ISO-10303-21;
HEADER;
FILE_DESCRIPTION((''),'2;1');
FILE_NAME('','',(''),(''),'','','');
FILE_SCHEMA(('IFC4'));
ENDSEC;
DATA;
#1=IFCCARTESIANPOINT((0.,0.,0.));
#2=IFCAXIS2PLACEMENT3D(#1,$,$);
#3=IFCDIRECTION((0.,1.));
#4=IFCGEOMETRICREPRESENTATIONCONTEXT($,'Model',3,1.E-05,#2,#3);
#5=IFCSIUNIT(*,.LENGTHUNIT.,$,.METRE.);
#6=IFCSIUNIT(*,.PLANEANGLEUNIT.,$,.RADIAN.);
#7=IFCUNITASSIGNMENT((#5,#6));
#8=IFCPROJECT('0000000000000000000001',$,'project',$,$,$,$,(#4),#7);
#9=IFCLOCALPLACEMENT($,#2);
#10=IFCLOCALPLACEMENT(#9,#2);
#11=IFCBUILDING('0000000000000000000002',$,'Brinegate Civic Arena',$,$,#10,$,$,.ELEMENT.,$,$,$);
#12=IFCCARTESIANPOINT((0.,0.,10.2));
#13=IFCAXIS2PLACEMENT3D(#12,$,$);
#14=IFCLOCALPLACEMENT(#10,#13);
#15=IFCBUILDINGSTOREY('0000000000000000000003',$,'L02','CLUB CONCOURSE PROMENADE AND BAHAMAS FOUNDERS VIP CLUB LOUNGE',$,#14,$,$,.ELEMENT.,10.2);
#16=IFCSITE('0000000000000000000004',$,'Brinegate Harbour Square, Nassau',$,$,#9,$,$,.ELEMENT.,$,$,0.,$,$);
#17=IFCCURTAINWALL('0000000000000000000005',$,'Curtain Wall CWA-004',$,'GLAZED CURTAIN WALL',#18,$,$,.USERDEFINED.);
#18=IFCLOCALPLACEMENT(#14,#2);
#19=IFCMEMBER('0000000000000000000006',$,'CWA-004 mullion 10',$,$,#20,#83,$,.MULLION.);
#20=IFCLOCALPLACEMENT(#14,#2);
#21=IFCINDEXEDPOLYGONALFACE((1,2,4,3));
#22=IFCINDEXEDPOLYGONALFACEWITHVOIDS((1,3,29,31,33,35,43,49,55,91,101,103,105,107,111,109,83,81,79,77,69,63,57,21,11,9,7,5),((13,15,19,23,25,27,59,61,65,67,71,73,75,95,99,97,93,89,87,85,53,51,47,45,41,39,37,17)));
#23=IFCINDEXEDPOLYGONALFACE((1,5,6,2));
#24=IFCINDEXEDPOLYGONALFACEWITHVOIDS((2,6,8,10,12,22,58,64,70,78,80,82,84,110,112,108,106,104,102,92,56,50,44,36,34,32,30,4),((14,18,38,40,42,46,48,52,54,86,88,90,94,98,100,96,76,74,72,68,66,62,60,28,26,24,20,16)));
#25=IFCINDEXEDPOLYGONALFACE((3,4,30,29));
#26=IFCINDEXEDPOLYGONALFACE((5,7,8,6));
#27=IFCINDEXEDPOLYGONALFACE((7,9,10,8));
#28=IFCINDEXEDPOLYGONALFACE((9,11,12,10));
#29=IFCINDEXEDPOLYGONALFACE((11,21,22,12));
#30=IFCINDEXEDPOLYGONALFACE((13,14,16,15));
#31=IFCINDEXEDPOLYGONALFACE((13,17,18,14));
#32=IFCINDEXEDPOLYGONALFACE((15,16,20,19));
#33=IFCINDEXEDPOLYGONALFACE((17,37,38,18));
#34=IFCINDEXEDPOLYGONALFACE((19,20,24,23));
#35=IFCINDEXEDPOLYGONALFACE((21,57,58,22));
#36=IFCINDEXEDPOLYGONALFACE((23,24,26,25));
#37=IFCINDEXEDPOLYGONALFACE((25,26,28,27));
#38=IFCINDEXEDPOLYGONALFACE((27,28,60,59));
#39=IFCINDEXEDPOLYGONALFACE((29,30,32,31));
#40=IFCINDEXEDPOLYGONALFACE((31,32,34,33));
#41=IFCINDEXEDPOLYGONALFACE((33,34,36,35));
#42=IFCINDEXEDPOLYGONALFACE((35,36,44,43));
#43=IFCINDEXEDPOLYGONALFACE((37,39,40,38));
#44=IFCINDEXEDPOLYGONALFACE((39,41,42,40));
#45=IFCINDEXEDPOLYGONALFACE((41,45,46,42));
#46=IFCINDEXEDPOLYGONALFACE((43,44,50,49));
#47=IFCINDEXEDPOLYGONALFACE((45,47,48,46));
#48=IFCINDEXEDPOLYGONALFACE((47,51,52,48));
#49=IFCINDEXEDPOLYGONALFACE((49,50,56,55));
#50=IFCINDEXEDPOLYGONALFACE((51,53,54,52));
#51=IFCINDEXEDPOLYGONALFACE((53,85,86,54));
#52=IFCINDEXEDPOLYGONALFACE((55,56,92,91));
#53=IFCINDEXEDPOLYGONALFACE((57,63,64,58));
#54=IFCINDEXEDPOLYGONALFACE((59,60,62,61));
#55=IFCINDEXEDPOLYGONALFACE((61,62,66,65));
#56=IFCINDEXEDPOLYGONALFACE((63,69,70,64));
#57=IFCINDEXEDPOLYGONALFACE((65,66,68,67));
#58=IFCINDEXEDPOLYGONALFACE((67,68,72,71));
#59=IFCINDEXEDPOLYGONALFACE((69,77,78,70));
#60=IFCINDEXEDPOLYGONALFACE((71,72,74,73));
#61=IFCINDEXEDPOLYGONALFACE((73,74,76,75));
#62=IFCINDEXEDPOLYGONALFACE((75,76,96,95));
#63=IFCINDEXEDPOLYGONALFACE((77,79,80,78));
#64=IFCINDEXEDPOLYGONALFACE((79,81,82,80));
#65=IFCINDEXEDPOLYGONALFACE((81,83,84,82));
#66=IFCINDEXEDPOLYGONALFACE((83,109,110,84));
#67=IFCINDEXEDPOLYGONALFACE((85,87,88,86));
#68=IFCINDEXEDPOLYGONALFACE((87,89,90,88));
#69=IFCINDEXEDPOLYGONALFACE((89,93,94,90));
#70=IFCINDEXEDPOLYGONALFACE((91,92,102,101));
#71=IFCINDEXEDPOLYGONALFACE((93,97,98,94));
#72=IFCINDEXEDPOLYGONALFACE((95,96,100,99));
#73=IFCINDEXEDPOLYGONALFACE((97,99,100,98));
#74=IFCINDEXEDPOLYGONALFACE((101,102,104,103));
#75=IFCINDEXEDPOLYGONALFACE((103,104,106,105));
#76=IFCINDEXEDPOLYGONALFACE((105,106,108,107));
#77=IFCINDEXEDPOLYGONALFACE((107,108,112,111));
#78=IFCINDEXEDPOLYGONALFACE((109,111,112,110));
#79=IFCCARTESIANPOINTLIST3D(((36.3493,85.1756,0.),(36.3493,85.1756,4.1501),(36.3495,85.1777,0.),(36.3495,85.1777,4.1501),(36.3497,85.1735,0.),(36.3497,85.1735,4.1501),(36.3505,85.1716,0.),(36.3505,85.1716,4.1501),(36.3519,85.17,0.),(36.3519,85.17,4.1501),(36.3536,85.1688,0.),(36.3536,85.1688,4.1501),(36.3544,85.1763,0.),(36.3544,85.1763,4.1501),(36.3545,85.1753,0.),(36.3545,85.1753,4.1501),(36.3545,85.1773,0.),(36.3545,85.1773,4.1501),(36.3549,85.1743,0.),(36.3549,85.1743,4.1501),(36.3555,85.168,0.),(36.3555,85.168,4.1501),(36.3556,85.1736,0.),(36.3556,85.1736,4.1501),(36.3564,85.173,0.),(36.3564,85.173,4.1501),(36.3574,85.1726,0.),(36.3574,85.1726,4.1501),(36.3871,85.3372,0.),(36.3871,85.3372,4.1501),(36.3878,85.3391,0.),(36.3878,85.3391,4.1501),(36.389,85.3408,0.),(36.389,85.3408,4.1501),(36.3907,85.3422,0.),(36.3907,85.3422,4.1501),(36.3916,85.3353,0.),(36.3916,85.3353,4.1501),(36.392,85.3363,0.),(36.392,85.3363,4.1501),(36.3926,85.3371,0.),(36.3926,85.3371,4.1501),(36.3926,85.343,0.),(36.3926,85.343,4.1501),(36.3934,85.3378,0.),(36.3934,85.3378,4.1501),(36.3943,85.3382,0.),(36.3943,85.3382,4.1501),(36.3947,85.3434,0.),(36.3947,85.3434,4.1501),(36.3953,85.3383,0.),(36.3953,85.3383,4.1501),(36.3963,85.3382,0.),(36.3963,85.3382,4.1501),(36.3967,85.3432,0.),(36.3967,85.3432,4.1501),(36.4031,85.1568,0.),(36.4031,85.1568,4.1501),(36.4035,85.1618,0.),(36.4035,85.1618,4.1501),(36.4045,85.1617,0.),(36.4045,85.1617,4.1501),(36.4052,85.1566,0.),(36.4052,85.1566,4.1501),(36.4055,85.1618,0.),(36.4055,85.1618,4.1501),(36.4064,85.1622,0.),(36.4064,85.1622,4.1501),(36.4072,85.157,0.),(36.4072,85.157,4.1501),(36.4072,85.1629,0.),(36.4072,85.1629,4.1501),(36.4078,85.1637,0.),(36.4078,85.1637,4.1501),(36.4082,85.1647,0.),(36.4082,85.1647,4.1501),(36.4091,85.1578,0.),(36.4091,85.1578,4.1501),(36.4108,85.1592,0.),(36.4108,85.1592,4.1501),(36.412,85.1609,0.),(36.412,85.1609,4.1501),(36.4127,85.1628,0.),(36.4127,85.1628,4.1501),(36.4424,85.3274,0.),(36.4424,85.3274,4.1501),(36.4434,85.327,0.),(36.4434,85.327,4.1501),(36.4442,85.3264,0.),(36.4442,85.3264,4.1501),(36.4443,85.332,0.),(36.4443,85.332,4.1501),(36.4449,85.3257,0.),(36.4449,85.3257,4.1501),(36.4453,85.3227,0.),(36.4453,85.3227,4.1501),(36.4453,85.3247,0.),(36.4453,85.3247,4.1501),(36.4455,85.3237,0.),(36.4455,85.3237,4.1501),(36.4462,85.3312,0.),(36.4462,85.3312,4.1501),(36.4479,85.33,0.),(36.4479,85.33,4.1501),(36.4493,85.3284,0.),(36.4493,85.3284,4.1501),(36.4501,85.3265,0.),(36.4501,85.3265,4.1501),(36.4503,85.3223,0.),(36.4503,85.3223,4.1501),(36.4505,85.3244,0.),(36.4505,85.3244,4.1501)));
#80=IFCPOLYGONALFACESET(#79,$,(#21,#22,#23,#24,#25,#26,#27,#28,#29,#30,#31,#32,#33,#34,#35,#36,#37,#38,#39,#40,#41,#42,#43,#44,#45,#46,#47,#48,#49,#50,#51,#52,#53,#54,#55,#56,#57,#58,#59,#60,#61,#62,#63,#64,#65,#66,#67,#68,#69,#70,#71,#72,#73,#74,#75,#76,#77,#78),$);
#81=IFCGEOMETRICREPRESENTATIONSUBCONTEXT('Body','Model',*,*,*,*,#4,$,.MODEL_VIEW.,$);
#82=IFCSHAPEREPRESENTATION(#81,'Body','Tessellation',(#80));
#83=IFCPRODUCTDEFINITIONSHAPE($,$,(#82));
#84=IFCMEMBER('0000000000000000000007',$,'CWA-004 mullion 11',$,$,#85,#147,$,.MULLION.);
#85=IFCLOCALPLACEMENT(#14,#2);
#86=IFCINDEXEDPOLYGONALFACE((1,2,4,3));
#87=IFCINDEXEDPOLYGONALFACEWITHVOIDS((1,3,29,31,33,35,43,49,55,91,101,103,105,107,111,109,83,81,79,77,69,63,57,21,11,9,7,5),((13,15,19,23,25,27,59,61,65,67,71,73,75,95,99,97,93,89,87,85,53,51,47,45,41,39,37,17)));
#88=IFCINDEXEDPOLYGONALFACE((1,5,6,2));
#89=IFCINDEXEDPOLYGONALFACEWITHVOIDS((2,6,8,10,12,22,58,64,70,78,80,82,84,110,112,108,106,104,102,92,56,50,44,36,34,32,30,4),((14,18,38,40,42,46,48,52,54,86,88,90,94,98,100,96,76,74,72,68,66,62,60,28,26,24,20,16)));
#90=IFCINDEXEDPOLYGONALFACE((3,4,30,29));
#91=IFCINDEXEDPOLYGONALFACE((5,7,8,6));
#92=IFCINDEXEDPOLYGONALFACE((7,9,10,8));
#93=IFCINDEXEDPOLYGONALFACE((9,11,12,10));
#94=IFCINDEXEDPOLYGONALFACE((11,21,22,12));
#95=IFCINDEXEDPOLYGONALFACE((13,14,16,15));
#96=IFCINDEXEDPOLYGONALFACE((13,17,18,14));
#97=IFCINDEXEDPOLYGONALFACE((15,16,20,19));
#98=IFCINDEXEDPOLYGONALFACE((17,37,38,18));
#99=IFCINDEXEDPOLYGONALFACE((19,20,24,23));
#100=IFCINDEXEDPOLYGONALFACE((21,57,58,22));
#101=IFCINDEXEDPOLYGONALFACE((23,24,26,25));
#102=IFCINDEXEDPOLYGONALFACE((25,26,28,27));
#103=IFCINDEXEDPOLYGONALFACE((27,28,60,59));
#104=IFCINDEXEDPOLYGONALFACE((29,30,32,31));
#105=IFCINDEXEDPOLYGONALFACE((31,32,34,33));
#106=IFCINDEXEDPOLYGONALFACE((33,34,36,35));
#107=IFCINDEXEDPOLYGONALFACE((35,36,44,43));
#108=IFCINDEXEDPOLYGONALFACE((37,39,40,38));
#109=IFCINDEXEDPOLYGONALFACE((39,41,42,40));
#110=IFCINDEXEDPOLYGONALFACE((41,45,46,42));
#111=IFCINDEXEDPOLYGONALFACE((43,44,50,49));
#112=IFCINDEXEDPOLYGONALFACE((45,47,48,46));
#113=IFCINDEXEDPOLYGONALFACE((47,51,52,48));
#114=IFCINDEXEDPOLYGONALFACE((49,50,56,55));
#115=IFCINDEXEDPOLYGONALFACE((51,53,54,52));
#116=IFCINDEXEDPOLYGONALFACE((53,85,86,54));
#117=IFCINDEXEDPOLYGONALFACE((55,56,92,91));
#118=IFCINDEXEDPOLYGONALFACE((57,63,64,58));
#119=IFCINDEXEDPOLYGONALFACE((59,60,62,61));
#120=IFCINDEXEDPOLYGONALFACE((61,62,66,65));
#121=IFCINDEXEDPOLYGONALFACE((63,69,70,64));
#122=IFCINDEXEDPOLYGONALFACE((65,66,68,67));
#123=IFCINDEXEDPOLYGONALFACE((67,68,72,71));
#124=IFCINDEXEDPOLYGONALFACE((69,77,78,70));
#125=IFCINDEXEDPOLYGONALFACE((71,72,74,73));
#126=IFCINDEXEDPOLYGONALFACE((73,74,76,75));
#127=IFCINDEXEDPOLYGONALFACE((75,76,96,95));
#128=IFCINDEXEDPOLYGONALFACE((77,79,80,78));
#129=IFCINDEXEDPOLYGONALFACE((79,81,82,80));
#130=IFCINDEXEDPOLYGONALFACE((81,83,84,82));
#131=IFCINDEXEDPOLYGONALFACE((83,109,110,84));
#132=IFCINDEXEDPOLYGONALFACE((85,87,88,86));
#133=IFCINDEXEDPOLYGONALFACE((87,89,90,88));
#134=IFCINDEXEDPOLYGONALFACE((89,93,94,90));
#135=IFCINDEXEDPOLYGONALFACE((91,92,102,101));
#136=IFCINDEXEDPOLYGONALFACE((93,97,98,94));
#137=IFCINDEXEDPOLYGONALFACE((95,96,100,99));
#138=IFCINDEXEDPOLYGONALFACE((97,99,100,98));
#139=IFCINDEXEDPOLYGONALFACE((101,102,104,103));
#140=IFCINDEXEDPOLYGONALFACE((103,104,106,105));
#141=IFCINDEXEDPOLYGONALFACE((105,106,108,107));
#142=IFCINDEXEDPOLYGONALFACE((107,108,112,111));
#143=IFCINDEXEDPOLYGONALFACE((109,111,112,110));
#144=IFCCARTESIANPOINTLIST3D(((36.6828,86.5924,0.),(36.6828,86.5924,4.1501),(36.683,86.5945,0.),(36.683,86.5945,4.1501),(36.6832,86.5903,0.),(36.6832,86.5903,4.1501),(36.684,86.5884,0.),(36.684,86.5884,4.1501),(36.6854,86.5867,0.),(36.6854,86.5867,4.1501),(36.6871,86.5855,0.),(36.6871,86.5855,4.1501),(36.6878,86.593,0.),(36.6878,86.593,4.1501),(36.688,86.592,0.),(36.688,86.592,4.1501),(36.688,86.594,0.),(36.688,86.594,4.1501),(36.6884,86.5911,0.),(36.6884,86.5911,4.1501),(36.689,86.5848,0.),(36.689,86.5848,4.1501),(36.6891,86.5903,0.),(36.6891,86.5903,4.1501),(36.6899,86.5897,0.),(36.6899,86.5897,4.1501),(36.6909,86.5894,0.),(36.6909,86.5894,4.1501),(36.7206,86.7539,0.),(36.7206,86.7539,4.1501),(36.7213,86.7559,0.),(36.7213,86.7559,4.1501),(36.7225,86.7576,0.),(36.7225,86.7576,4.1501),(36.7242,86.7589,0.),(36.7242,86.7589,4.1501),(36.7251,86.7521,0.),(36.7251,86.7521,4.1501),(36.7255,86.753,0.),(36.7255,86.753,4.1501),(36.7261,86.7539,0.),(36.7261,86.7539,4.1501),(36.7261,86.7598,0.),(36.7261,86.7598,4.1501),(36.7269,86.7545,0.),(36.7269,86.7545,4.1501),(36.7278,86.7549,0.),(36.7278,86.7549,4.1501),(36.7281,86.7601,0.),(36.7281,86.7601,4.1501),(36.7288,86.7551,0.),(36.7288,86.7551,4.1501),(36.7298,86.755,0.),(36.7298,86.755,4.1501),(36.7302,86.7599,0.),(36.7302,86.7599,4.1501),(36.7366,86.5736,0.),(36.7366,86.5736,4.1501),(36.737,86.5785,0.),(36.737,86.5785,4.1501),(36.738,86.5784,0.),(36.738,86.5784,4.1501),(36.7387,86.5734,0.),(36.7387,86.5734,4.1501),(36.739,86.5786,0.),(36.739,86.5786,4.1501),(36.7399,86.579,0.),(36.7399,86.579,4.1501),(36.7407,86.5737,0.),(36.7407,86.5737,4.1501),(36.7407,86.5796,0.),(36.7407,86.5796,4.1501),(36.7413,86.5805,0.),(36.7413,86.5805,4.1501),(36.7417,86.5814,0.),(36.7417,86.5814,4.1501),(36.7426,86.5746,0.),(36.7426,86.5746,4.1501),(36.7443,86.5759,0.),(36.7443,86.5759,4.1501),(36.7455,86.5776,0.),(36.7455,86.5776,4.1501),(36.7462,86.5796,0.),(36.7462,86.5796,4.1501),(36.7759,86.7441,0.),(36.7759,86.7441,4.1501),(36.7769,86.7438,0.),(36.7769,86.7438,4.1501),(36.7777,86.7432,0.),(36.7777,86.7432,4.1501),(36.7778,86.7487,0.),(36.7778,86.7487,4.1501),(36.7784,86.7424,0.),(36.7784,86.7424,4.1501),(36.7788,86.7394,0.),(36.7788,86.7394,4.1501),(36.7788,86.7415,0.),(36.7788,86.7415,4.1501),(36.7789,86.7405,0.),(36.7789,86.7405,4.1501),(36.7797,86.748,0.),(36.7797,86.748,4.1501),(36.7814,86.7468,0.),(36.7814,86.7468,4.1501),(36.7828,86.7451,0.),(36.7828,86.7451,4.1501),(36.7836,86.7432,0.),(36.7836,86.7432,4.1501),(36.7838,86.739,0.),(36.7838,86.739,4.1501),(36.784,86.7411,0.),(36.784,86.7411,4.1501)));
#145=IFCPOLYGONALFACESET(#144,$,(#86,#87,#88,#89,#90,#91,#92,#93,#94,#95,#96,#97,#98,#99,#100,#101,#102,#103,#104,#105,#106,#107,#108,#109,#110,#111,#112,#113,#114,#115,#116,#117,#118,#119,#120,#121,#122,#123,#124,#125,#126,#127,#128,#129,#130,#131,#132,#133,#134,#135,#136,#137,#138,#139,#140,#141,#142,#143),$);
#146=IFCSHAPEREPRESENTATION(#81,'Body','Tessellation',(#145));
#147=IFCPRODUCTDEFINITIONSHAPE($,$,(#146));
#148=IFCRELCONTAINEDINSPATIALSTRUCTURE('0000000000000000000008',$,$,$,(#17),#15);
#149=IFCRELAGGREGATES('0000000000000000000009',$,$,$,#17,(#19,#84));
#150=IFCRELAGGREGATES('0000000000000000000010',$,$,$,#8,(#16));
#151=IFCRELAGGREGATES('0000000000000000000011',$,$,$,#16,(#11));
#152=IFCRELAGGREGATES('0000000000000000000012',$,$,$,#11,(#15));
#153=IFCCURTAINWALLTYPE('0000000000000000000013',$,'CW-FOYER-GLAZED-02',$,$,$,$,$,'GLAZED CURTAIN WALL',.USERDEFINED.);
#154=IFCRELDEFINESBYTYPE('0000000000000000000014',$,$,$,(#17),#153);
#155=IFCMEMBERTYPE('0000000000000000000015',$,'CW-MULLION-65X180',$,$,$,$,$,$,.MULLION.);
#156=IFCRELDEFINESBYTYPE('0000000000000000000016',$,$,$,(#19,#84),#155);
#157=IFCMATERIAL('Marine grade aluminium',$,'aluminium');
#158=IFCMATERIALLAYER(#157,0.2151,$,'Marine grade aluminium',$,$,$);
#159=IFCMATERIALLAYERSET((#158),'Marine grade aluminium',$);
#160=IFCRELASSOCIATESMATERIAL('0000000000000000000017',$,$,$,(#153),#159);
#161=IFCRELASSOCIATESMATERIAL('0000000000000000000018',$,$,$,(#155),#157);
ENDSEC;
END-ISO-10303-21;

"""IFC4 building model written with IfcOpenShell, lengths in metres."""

from ifc_helpers import new_model, si_unit, direction, frame, origin, origin_2d, place, context, subcontext, project, spatial, hollow_rectangle, extrude, material, layer, layer_set, material_profile, profile_set, type_object, element, aggregate, save


model = new_model("IFC4")

# Units and contexts
model_context = context("Model", 3, precision=1e-05, world=origin(), true_north=direction((0.0, 1.0)))
body_context = subcontext(model_context, "Body", "Model", "MODEL_VIEW")
ifc_project = project(units=[si_unit("LENGTHUNIT", "METRE"), si_unit("PLANEANGLEUNIT", "RADIAN")], contexts=[model_context])

# Site, building, storey
site_placement = place(None, origin())
site = spatial("IfcSite", under=ifc_project, at=site_placement, Name="Brinegate Harbour Square, Nassau", CompositionType="ELEMENT", RefElevation=0.0)
building_placement = place(site_placement, origin())
building = spatial("IfcBuilding", under=site, at=building_placement, Name="Brinegate Civic Arena", CompositionType="ELEMENT")
storey_placement = place(building_placement, frame((0.0, 0.0, 10.2)))
storey = spatial("IfcBuildingStorey", under=building, at=storey_placement, Name="L02", Description="CLUB CONCOURSE PROMENADE AND BAHAMAS FOUNDERS VIP CLUB LOUNGE", CompositionType="ELEMENT", Elevation=10.2)

# Curtain wall, members
ifc_material_1 = material(Name="Marine grade aluminium", Category="aluminium")
ifc_layer_1 = layer(ifc_material_1, 0.2151, Name="Marine grade aluminium")
ifc_layer_set_1 = layer_set([ifc_layer_1], Name="Marine grade aluminium")
curtain_wall_type_1 = type_object("IfcCurtainWallType", Name="CW-FOYER-GLAZED-02", ElementType="GLAZED CURTAIN WALL", PredefinedType="USERDEFINED", material=ifc_layer_set_1)
curtain_wall_1_placement = place(storey_placement, origin())
curtain_wall_1 = element("IfcCurtainWall", 1, at=curtain_wall_1_placement, inside=storey, type_object=curtain_wall_type_1, Name="Curtain Wall CWA-004", ObjectType="GLAZED CURTAIN WALL", PredefinedType="USERDEFINED")
ifc_material_profile_1 = material_profile(ifc_material_1, hollow_rectangle(XDim=0.0649, YDim=0.1799, WallThickness=0.0049, InnerFilletRadius=0.0039, OuterFilletRadius=0.0081, at=origin_2d()), Name="MUL65X180")
ifc_profile_set_1 = profile_set([ifc_material_profile_1], Name="Marine grade aluminium")
member_type_1 = type_object("IfcMemberType", Name="CW-MULLION-65X180", PredefinedType="MULLION", material=ifc_profile_set_1)
member_1_placement = place(storey_placement, frame((36.3999, 85.25, 0.0), z_axis=(0.0, 0.0, 1.0), x_axis=(-0.973417, 0.229039, 0.0)))
member_1 = element("IfcMember", 2, at=member_1_placement, type_object=member_type_1, Name="CWA-004 mullion 10", PredefinedType="MULLION", context=body_context, shape_type="SweptSolid", body=[
    extrude(hollow_rectangle(XDim=0.0649, YDim=0.1799, WallThickness=0.0049, InnerFilletRadius=0.0039, OuterFilletRadius=0.0081, at=origin_2d()), origin(), (0.0, 0.0, 1.0), 4.1501),
])
member_2_placement = place(storey_placement, frame((36.7334, 86.6667, 0.0), z_axis=(0.0, 0.0, 1.0), x_axis=(-0.973417, 0.229039, 0.0)))
member_2 = element("IfcMember", 3, at=member_2_placement, type_object=member_type_1, Name="CWA-004 mullion 11", PredefinedType="MULLION", context=body_context, shape_type="SweptSolid", body=[
    extrude(hollow_rectangle(XDim=0.0649, YDim=0.1799, WallThickness=0.0049, InnerFilletRadius=0.0039, OuterFilletRadius=0.0081, at=origin_2d()), origin(), (0.0, 0.0, 1.0), 4.1501),
])

aggregate(curtain_wall_1, [member_1, member_2])

save(model, "model.ifc")
